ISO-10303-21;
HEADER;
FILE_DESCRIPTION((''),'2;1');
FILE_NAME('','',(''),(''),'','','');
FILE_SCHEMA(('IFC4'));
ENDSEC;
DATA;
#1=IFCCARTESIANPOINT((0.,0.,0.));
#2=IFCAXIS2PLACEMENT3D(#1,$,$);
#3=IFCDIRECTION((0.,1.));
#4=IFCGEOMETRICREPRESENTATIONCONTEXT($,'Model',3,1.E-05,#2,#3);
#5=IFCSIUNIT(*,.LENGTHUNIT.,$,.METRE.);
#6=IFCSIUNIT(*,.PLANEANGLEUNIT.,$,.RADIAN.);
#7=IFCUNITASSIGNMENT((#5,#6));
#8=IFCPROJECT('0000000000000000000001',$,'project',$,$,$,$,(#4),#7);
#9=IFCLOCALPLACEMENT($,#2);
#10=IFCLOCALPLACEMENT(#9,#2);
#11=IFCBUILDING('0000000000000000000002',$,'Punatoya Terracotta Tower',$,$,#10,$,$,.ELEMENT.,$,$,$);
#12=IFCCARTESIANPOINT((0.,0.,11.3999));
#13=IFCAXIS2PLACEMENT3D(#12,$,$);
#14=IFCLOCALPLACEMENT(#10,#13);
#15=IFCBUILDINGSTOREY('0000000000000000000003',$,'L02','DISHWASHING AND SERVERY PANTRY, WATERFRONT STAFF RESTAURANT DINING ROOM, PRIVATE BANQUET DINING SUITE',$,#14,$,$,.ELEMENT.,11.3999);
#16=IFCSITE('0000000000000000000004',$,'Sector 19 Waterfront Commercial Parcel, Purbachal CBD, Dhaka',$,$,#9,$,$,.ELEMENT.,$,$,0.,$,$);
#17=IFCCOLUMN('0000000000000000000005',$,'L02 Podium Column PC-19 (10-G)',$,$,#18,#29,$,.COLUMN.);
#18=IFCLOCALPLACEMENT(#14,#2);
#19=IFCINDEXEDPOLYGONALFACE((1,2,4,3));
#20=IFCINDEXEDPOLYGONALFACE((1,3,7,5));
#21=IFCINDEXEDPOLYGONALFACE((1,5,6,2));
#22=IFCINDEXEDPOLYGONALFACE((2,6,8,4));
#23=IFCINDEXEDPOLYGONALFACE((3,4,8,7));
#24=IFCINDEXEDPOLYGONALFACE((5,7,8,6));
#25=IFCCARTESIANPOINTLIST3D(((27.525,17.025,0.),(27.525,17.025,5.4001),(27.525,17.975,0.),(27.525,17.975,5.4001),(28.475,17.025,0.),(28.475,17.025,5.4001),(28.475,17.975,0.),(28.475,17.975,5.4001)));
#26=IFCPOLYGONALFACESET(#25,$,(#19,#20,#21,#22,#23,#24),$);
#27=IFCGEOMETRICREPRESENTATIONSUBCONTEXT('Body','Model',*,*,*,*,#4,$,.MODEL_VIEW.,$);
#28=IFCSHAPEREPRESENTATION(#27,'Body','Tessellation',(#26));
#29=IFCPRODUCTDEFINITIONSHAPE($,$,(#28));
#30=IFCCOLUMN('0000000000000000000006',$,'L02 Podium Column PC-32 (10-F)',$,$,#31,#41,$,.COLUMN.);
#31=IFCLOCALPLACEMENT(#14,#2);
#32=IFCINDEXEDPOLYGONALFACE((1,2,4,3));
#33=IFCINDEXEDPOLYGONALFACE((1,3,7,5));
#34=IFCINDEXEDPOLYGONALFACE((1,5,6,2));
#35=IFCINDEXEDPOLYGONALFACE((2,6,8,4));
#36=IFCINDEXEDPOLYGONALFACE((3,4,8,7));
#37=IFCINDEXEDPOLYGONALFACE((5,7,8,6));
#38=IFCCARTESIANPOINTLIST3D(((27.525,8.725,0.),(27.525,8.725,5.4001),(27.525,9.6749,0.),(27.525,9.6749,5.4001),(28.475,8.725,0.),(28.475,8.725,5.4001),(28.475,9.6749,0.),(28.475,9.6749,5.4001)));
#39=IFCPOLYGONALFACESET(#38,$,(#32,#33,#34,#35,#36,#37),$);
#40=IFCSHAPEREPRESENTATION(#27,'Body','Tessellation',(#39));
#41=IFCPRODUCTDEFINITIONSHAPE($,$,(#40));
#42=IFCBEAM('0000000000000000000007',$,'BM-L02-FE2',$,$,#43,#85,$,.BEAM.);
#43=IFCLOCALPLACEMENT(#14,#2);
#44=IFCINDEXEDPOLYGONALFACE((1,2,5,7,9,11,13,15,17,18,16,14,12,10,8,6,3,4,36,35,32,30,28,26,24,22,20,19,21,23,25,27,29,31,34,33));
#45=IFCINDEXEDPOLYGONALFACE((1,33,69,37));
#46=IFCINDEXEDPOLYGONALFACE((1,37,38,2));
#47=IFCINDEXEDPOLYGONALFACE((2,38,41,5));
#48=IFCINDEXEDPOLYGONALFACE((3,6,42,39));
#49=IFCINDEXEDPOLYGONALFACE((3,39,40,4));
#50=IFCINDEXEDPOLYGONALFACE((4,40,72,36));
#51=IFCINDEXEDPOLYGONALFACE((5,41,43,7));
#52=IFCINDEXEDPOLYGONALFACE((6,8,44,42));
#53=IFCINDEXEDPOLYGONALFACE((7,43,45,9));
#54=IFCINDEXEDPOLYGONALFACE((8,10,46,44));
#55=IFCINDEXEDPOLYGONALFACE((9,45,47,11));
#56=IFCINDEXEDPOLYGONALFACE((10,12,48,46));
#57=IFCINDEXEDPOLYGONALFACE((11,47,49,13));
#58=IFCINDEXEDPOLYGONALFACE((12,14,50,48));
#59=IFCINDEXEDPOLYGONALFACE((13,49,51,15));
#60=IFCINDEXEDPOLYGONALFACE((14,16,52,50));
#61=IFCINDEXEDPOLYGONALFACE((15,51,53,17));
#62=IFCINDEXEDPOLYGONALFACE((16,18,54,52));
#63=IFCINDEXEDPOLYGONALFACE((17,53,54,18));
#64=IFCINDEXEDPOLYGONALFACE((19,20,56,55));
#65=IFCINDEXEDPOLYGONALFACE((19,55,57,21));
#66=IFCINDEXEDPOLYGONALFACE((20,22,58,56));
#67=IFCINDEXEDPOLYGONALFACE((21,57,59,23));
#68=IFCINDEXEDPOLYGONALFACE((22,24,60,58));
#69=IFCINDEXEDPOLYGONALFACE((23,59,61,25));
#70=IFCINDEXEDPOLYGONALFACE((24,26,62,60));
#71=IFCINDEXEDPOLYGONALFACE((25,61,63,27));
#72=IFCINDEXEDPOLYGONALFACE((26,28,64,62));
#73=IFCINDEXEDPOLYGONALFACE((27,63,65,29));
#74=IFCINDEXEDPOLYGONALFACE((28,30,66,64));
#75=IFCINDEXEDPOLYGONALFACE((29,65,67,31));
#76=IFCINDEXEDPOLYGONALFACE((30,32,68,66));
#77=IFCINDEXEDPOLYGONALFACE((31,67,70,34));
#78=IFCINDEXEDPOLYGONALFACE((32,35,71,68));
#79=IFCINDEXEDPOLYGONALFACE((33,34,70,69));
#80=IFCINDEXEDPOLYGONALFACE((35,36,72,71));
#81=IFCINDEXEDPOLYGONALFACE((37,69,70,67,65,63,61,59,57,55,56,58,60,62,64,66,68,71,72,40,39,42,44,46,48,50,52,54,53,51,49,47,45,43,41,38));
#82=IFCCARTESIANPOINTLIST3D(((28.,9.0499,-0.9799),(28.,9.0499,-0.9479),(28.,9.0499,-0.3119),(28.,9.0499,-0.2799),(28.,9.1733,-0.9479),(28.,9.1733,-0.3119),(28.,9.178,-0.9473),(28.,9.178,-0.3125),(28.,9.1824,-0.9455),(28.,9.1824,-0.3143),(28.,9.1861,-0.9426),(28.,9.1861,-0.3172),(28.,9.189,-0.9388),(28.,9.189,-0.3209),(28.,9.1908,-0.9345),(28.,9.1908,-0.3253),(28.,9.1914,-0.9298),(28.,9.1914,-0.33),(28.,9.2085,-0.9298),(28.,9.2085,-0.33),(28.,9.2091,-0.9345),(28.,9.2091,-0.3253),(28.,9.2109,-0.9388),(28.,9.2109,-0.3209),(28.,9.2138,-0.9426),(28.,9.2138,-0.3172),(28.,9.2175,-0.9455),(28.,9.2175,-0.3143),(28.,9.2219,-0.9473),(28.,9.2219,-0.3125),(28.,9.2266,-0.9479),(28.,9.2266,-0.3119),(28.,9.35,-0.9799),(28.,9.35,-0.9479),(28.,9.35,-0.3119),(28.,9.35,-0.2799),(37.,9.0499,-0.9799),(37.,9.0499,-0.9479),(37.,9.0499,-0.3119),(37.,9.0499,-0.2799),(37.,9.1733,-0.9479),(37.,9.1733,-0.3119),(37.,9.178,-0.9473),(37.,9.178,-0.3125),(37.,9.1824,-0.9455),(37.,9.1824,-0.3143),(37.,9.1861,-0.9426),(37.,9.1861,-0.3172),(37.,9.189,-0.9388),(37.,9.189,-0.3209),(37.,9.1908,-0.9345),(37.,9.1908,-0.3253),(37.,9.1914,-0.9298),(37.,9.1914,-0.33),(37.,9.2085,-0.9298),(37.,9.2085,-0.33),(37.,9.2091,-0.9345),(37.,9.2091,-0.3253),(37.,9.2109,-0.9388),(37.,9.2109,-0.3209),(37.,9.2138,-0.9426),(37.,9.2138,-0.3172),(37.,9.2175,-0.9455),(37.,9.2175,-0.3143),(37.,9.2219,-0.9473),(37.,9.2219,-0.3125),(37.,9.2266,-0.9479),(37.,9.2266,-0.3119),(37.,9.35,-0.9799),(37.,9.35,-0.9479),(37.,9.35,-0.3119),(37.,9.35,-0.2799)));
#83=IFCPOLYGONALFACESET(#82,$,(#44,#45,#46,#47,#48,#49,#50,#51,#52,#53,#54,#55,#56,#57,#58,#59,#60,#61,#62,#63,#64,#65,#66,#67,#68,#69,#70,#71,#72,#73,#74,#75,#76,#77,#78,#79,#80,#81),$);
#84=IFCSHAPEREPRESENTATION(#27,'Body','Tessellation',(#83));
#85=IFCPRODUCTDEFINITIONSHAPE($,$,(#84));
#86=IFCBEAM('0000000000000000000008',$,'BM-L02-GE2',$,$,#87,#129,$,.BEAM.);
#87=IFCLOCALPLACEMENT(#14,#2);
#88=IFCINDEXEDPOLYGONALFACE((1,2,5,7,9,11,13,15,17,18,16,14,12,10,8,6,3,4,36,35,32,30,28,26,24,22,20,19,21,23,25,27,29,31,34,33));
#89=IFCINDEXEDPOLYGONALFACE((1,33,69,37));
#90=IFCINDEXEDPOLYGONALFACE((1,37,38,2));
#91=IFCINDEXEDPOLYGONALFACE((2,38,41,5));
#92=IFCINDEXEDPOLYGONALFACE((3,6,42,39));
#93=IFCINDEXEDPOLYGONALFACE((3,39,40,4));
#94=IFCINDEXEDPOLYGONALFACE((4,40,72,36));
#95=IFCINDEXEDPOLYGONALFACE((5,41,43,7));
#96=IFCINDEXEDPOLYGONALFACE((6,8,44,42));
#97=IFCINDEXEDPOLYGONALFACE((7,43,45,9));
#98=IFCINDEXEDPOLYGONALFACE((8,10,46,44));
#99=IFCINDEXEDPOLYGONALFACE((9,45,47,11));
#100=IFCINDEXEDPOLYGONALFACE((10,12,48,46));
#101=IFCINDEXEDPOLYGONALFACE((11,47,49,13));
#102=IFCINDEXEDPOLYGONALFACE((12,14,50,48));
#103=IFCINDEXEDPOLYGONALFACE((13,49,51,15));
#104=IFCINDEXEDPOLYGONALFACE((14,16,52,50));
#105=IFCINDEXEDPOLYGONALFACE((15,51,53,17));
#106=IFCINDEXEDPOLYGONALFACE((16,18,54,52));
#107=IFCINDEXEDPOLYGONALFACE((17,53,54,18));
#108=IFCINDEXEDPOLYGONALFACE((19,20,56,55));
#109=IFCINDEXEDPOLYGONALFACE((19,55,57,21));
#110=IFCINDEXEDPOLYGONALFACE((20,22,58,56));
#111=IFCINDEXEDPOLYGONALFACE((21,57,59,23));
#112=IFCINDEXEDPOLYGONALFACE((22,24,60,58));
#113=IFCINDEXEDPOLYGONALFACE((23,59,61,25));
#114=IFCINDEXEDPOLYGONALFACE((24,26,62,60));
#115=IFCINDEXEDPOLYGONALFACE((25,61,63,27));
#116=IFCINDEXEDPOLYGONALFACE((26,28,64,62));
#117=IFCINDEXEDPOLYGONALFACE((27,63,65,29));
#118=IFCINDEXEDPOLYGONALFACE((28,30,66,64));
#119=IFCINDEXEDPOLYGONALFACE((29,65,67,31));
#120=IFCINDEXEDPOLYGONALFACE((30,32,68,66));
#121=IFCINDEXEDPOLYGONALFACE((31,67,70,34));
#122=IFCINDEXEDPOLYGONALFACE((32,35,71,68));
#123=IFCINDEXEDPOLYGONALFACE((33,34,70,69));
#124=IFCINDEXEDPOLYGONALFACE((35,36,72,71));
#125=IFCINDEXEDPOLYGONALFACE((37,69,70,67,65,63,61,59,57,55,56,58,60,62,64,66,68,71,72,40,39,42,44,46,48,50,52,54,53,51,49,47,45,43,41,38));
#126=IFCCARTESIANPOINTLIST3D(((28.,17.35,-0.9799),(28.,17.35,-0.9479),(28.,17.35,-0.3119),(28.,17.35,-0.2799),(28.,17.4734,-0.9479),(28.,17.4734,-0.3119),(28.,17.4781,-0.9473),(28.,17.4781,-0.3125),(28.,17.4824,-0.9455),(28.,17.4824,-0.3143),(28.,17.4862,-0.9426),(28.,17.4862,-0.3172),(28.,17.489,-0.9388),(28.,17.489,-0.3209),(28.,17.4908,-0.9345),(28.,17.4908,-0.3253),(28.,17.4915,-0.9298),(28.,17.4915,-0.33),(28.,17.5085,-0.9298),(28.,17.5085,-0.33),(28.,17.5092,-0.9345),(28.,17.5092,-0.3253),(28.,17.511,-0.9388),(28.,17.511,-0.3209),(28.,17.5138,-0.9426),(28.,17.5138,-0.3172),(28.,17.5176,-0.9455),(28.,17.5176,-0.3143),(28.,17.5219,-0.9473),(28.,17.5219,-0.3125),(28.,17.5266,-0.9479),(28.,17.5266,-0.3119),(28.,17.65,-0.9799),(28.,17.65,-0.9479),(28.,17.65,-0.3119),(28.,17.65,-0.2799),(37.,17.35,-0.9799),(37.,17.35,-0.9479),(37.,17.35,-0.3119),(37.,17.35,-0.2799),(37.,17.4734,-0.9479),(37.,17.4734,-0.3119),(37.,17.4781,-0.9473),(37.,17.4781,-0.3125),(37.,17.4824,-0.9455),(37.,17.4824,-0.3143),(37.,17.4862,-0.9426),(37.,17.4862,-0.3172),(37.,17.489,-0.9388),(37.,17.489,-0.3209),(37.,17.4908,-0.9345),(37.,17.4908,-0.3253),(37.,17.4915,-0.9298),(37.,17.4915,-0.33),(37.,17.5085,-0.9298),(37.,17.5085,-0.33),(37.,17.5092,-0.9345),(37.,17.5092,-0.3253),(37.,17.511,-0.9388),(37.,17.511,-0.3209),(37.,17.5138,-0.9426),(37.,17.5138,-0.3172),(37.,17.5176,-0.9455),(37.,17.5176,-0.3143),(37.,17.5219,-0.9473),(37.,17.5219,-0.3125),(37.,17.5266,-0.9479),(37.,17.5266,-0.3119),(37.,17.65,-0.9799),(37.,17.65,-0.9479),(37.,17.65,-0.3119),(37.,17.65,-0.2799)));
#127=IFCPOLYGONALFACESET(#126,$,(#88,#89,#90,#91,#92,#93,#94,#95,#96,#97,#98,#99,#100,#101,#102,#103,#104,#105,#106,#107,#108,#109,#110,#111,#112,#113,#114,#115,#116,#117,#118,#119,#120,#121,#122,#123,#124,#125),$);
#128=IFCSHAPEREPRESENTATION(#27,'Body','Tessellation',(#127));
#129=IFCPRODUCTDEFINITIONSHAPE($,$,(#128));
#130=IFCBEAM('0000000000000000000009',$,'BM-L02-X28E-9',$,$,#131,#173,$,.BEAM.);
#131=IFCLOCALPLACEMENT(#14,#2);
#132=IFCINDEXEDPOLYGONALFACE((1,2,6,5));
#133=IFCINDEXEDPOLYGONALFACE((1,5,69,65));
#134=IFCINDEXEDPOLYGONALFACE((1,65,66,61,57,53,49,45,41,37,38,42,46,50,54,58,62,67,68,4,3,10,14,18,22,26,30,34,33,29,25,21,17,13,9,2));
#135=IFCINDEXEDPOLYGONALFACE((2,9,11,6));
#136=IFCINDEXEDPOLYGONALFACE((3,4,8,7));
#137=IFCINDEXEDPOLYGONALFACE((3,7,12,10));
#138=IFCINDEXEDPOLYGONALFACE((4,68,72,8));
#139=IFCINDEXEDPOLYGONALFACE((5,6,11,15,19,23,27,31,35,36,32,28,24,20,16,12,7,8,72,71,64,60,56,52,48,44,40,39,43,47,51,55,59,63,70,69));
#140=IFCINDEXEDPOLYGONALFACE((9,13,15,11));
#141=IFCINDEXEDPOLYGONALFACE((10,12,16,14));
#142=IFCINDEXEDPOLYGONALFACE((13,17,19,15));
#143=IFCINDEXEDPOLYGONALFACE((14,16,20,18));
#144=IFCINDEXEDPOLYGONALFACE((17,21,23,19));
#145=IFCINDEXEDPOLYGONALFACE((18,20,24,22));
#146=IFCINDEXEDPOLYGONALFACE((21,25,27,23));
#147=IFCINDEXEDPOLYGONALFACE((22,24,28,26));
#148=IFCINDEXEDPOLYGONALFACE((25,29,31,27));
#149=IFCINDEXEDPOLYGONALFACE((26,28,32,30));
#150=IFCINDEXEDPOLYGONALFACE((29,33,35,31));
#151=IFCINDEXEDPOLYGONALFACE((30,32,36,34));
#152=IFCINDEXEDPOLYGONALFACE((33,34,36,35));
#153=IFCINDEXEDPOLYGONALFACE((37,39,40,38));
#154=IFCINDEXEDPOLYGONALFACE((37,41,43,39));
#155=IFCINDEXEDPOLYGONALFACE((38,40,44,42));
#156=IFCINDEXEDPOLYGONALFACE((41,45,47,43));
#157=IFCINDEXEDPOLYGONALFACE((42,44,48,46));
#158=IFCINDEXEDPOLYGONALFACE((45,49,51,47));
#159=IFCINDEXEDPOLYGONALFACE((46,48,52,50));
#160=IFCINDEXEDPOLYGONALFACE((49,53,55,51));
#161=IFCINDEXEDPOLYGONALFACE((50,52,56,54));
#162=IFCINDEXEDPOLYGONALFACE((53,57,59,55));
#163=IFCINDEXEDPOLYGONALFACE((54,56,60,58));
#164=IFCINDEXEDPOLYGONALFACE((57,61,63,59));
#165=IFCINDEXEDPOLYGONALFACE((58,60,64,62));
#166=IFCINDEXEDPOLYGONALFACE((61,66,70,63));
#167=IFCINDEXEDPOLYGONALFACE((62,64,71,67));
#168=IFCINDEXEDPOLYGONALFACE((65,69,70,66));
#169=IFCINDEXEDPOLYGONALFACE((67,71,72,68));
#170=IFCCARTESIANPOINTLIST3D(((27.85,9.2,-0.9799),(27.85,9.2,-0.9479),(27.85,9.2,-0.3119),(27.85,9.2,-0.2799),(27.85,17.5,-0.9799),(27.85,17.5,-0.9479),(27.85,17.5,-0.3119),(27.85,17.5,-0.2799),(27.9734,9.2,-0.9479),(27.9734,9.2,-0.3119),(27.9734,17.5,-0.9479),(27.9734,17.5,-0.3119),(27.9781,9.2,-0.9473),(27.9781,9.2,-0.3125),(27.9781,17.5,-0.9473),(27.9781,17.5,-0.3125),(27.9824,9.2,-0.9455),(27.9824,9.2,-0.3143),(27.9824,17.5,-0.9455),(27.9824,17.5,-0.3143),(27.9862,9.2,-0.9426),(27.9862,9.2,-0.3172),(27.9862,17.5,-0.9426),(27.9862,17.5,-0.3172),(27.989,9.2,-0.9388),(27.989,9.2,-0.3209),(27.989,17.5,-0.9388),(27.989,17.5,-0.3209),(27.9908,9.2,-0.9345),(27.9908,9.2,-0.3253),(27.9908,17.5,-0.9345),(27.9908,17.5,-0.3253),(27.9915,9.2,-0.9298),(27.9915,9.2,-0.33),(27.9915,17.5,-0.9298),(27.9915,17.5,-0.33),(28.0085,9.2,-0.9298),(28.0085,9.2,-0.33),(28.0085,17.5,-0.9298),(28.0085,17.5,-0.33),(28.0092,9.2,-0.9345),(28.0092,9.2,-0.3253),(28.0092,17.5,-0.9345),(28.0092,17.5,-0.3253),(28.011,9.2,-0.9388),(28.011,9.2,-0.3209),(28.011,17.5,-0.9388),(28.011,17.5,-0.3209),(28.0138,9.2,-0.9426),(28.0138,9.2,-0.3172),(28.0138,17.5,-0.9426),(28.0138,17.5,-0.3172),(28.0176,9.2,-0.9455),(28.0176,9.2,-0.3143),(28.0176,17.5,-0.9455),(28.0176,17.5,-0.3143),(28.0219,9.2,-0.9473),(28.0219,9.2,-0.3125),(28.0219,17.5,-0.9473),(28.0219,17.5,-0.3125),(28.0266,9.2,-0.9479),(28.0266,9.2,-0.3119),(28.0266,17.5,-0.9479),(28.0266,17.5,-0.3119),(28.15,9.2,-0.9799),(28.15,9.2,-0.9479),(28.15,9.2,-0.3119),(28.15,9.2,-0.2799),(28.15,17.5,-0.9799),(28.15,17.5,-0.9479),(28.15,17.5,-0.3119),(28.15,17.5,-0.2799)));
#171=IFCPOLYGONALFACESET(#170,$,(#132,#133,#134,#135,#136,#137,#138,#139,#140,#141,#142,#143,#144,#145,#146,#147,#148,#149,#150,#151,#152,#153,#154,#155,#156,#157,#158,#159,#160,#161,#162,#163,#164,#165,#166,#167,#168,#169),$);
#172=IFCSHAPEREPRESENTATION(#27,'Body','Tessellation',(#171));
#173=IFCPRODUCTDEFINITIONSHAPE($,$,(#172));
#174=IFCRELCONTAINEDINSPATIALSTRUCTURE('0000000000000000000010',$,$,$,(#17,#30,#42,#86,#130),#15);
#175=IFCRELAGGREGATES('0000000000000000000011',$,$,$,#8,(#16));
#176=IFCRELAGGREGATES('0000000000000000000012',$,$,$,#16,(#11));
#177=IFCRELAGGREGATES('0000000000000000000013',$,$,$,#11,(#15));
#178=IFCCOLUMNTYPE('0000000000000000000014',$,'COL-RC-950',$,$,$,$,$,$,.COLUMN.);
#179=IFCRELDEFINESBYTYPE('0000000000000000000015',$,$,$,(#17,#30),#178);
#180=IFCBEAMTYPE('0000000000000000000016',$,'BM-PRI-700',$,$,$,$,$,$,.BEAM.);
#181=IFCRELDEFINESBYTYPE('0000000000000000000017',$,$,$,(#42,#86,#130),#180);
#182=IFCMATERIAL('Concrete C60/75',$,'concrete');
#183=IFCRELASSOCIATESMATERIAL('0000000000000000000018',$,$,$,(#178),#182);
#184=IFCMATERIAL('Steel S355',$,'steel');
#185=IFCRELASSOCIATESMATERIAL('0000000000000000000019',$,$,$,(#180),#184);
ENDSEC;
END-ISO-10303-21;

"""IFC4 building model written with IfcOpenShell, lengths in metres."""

from ifc_helpers import new_model, si_unit, direction, frame, origin, origin_2d, place, context, subcontext, project, spatial, rectangle, i_section, extrude, material, material_profile, profile_set, type_object, element, save


model = new_model("IFC4")

# Units and contexts
model_context = context("Model", 3, precision=1e-05, world=origin(), true_north=direction((0.0, 1.0)))
body_context = subcontext(model_context, "Body", "Model", "MODEL_VIEW")
ifc_project = project(units=[si_unit("LENGTHUNIT", "METRE"), si_unit("PLANEANGLEUNIT", "RADIAN")], contexts=[model_context])

# Site, building, storey
site_placement = place(None, origin())
site = spatial("IfcSite", under=ifc_project, at=site_placement, Name="Sector 19 Waterfront Commercial Parcel, Purbachal CBD, Dhaka", CompositionType="ELEMENT", RefElevation=0.0)
building_placement = place(site_placement, origin())
building = spatial("IfcBuilding", under=site, at=building_placement, Name="Punatoya Terracotta Tower", CompositionType="ELEMENT")
storey_placement = place(building_placement, frame((0.0, 0.0, 11.3999)))
storey = spatial("IfcBuildingStorey", under=building, at=storey_placement, Name="L02", Description="DISHWASHING AND SERVERY PANTRY, WATERFRONT STAFF RESTAURANT DINING ROOM, PRIVATE BANQUET DINING SUITE", CompositionType="ELEMENT", Elevation=11.3999)

# Columns
ifc_material_1 = material(Name="Concrete C60/75", Category="concrete")
ifc_material_profile_1 = material_profile(ifc_material_1, rectangle(XDim=0.95, YDim=0.95, at=origin_2d()))
ifc_profile_set_1 = profile_set([ifc_material_profile_1], Name="Concrete C60/75")
column_type = type_object("IfcColumnType", Name="COL-RC-950", PredefinedType="COLUMN", material=ifc_profile_set_1)
for number, where, z_axis, x_axis, name in (
    (1, (28.0, 17.5, 0.0), (0.0, 0.0, 1.0), (1.0, 0.0, 0.0), "L02 Podium Column PC-19 (10-G)"),
    (2, (28.0, 9.2, 0.0), (0.0, 0.0, 1.0), (1.0, 0.0, 0.0), "L02 Podium Column PC-32 (10-F)"),
):
    element("IfcColumn", number, at=place(storey_placement, frame(where, z_axis=z_axis, x_axis=x_axis)), inside=storey, type_object=column_type, Name=name, PredefinedType="COLUMN", context=body_context, shape_type="SweptSolid", body=[
        extrude(rectangle(XDim=0.95, YDim=0.95, at=origin_2d()), origin(), (0.0, 0.0, 1.0), 5.4001),
    ])

# Beams
ifc_material_2 = material(Name="Steel S355", Category="steel")
ifc_material_profile_2 = material_profile(ifc_material_2, i_section(OverallWidth=0.3, OverallDepth=0.7, WebThickness=0.0171, FlangeThickness=0.032, FilletRadius=0.0181, at=origin_2d()))
ifc_profile_set_2 = profile_set([ifc_material_profile_2], Name="Steel S355")
beam_type_1 = type_object("IfcBeamType", Name="BM-PRI-700", PredefinedType="BEAM", material=ifc_profile_set_2)
for number, where, z_axis, x_axis, name in (
    (3, (28.0, 9.2, -0.6299), (1.0, 0.0, 0.0), (0.0, 1.0, 0.0), "BM-L02-FE2"),
    (4, (28.0, 17.5, -0.6299), (1.0, 0.0, 0.0), (0.0, 1.0, 0.0), "BM-L02-GE2"),
):
    element("IfcBeam", number, at=place(storey_placement, frame(where, z_axis=z_axis, x_axis=x_axis)), inside=storey, type_object=beam_type_1, Name=name, PredefinedType="BEAM", context=body_context, shape_type="SweptSolid", body=[
        extrude(i_section(OverallWidth=0.3, OverallDepth=0.7, WebThickness=0.0171, FlangeThickness=0.032, FilletRadius=0.0181, at=origin_2d()), origin(), (0.0, 0.0, 1.0), 9.0),
    ])
beam_1_placement = place(storey_placement, frame((28.0, 9.2, -0.6299), z_axis=(0.0, 1.0, 0.0), x_axis=(-1.0, 0.0, 0.0)))
element("IfcBeam", 5, at=beam_1_placement, inside=storey, type_object=beam_type_1, Name="BM-L02-X28E-9", PredefinedType="BEAM", context=body_context, shape_type="SweptSolid", body=[
    extrude(i_section(OverallWidth=0.3, OverallDepth=0.7, WebThickness=0.0171, FlangeThickness=0.032, FilletRadius=0.0181, at=origin_2d()), origin(), (0.0, 0.0, 1.0), 8.3),
])

save(model, "model.ifc")
